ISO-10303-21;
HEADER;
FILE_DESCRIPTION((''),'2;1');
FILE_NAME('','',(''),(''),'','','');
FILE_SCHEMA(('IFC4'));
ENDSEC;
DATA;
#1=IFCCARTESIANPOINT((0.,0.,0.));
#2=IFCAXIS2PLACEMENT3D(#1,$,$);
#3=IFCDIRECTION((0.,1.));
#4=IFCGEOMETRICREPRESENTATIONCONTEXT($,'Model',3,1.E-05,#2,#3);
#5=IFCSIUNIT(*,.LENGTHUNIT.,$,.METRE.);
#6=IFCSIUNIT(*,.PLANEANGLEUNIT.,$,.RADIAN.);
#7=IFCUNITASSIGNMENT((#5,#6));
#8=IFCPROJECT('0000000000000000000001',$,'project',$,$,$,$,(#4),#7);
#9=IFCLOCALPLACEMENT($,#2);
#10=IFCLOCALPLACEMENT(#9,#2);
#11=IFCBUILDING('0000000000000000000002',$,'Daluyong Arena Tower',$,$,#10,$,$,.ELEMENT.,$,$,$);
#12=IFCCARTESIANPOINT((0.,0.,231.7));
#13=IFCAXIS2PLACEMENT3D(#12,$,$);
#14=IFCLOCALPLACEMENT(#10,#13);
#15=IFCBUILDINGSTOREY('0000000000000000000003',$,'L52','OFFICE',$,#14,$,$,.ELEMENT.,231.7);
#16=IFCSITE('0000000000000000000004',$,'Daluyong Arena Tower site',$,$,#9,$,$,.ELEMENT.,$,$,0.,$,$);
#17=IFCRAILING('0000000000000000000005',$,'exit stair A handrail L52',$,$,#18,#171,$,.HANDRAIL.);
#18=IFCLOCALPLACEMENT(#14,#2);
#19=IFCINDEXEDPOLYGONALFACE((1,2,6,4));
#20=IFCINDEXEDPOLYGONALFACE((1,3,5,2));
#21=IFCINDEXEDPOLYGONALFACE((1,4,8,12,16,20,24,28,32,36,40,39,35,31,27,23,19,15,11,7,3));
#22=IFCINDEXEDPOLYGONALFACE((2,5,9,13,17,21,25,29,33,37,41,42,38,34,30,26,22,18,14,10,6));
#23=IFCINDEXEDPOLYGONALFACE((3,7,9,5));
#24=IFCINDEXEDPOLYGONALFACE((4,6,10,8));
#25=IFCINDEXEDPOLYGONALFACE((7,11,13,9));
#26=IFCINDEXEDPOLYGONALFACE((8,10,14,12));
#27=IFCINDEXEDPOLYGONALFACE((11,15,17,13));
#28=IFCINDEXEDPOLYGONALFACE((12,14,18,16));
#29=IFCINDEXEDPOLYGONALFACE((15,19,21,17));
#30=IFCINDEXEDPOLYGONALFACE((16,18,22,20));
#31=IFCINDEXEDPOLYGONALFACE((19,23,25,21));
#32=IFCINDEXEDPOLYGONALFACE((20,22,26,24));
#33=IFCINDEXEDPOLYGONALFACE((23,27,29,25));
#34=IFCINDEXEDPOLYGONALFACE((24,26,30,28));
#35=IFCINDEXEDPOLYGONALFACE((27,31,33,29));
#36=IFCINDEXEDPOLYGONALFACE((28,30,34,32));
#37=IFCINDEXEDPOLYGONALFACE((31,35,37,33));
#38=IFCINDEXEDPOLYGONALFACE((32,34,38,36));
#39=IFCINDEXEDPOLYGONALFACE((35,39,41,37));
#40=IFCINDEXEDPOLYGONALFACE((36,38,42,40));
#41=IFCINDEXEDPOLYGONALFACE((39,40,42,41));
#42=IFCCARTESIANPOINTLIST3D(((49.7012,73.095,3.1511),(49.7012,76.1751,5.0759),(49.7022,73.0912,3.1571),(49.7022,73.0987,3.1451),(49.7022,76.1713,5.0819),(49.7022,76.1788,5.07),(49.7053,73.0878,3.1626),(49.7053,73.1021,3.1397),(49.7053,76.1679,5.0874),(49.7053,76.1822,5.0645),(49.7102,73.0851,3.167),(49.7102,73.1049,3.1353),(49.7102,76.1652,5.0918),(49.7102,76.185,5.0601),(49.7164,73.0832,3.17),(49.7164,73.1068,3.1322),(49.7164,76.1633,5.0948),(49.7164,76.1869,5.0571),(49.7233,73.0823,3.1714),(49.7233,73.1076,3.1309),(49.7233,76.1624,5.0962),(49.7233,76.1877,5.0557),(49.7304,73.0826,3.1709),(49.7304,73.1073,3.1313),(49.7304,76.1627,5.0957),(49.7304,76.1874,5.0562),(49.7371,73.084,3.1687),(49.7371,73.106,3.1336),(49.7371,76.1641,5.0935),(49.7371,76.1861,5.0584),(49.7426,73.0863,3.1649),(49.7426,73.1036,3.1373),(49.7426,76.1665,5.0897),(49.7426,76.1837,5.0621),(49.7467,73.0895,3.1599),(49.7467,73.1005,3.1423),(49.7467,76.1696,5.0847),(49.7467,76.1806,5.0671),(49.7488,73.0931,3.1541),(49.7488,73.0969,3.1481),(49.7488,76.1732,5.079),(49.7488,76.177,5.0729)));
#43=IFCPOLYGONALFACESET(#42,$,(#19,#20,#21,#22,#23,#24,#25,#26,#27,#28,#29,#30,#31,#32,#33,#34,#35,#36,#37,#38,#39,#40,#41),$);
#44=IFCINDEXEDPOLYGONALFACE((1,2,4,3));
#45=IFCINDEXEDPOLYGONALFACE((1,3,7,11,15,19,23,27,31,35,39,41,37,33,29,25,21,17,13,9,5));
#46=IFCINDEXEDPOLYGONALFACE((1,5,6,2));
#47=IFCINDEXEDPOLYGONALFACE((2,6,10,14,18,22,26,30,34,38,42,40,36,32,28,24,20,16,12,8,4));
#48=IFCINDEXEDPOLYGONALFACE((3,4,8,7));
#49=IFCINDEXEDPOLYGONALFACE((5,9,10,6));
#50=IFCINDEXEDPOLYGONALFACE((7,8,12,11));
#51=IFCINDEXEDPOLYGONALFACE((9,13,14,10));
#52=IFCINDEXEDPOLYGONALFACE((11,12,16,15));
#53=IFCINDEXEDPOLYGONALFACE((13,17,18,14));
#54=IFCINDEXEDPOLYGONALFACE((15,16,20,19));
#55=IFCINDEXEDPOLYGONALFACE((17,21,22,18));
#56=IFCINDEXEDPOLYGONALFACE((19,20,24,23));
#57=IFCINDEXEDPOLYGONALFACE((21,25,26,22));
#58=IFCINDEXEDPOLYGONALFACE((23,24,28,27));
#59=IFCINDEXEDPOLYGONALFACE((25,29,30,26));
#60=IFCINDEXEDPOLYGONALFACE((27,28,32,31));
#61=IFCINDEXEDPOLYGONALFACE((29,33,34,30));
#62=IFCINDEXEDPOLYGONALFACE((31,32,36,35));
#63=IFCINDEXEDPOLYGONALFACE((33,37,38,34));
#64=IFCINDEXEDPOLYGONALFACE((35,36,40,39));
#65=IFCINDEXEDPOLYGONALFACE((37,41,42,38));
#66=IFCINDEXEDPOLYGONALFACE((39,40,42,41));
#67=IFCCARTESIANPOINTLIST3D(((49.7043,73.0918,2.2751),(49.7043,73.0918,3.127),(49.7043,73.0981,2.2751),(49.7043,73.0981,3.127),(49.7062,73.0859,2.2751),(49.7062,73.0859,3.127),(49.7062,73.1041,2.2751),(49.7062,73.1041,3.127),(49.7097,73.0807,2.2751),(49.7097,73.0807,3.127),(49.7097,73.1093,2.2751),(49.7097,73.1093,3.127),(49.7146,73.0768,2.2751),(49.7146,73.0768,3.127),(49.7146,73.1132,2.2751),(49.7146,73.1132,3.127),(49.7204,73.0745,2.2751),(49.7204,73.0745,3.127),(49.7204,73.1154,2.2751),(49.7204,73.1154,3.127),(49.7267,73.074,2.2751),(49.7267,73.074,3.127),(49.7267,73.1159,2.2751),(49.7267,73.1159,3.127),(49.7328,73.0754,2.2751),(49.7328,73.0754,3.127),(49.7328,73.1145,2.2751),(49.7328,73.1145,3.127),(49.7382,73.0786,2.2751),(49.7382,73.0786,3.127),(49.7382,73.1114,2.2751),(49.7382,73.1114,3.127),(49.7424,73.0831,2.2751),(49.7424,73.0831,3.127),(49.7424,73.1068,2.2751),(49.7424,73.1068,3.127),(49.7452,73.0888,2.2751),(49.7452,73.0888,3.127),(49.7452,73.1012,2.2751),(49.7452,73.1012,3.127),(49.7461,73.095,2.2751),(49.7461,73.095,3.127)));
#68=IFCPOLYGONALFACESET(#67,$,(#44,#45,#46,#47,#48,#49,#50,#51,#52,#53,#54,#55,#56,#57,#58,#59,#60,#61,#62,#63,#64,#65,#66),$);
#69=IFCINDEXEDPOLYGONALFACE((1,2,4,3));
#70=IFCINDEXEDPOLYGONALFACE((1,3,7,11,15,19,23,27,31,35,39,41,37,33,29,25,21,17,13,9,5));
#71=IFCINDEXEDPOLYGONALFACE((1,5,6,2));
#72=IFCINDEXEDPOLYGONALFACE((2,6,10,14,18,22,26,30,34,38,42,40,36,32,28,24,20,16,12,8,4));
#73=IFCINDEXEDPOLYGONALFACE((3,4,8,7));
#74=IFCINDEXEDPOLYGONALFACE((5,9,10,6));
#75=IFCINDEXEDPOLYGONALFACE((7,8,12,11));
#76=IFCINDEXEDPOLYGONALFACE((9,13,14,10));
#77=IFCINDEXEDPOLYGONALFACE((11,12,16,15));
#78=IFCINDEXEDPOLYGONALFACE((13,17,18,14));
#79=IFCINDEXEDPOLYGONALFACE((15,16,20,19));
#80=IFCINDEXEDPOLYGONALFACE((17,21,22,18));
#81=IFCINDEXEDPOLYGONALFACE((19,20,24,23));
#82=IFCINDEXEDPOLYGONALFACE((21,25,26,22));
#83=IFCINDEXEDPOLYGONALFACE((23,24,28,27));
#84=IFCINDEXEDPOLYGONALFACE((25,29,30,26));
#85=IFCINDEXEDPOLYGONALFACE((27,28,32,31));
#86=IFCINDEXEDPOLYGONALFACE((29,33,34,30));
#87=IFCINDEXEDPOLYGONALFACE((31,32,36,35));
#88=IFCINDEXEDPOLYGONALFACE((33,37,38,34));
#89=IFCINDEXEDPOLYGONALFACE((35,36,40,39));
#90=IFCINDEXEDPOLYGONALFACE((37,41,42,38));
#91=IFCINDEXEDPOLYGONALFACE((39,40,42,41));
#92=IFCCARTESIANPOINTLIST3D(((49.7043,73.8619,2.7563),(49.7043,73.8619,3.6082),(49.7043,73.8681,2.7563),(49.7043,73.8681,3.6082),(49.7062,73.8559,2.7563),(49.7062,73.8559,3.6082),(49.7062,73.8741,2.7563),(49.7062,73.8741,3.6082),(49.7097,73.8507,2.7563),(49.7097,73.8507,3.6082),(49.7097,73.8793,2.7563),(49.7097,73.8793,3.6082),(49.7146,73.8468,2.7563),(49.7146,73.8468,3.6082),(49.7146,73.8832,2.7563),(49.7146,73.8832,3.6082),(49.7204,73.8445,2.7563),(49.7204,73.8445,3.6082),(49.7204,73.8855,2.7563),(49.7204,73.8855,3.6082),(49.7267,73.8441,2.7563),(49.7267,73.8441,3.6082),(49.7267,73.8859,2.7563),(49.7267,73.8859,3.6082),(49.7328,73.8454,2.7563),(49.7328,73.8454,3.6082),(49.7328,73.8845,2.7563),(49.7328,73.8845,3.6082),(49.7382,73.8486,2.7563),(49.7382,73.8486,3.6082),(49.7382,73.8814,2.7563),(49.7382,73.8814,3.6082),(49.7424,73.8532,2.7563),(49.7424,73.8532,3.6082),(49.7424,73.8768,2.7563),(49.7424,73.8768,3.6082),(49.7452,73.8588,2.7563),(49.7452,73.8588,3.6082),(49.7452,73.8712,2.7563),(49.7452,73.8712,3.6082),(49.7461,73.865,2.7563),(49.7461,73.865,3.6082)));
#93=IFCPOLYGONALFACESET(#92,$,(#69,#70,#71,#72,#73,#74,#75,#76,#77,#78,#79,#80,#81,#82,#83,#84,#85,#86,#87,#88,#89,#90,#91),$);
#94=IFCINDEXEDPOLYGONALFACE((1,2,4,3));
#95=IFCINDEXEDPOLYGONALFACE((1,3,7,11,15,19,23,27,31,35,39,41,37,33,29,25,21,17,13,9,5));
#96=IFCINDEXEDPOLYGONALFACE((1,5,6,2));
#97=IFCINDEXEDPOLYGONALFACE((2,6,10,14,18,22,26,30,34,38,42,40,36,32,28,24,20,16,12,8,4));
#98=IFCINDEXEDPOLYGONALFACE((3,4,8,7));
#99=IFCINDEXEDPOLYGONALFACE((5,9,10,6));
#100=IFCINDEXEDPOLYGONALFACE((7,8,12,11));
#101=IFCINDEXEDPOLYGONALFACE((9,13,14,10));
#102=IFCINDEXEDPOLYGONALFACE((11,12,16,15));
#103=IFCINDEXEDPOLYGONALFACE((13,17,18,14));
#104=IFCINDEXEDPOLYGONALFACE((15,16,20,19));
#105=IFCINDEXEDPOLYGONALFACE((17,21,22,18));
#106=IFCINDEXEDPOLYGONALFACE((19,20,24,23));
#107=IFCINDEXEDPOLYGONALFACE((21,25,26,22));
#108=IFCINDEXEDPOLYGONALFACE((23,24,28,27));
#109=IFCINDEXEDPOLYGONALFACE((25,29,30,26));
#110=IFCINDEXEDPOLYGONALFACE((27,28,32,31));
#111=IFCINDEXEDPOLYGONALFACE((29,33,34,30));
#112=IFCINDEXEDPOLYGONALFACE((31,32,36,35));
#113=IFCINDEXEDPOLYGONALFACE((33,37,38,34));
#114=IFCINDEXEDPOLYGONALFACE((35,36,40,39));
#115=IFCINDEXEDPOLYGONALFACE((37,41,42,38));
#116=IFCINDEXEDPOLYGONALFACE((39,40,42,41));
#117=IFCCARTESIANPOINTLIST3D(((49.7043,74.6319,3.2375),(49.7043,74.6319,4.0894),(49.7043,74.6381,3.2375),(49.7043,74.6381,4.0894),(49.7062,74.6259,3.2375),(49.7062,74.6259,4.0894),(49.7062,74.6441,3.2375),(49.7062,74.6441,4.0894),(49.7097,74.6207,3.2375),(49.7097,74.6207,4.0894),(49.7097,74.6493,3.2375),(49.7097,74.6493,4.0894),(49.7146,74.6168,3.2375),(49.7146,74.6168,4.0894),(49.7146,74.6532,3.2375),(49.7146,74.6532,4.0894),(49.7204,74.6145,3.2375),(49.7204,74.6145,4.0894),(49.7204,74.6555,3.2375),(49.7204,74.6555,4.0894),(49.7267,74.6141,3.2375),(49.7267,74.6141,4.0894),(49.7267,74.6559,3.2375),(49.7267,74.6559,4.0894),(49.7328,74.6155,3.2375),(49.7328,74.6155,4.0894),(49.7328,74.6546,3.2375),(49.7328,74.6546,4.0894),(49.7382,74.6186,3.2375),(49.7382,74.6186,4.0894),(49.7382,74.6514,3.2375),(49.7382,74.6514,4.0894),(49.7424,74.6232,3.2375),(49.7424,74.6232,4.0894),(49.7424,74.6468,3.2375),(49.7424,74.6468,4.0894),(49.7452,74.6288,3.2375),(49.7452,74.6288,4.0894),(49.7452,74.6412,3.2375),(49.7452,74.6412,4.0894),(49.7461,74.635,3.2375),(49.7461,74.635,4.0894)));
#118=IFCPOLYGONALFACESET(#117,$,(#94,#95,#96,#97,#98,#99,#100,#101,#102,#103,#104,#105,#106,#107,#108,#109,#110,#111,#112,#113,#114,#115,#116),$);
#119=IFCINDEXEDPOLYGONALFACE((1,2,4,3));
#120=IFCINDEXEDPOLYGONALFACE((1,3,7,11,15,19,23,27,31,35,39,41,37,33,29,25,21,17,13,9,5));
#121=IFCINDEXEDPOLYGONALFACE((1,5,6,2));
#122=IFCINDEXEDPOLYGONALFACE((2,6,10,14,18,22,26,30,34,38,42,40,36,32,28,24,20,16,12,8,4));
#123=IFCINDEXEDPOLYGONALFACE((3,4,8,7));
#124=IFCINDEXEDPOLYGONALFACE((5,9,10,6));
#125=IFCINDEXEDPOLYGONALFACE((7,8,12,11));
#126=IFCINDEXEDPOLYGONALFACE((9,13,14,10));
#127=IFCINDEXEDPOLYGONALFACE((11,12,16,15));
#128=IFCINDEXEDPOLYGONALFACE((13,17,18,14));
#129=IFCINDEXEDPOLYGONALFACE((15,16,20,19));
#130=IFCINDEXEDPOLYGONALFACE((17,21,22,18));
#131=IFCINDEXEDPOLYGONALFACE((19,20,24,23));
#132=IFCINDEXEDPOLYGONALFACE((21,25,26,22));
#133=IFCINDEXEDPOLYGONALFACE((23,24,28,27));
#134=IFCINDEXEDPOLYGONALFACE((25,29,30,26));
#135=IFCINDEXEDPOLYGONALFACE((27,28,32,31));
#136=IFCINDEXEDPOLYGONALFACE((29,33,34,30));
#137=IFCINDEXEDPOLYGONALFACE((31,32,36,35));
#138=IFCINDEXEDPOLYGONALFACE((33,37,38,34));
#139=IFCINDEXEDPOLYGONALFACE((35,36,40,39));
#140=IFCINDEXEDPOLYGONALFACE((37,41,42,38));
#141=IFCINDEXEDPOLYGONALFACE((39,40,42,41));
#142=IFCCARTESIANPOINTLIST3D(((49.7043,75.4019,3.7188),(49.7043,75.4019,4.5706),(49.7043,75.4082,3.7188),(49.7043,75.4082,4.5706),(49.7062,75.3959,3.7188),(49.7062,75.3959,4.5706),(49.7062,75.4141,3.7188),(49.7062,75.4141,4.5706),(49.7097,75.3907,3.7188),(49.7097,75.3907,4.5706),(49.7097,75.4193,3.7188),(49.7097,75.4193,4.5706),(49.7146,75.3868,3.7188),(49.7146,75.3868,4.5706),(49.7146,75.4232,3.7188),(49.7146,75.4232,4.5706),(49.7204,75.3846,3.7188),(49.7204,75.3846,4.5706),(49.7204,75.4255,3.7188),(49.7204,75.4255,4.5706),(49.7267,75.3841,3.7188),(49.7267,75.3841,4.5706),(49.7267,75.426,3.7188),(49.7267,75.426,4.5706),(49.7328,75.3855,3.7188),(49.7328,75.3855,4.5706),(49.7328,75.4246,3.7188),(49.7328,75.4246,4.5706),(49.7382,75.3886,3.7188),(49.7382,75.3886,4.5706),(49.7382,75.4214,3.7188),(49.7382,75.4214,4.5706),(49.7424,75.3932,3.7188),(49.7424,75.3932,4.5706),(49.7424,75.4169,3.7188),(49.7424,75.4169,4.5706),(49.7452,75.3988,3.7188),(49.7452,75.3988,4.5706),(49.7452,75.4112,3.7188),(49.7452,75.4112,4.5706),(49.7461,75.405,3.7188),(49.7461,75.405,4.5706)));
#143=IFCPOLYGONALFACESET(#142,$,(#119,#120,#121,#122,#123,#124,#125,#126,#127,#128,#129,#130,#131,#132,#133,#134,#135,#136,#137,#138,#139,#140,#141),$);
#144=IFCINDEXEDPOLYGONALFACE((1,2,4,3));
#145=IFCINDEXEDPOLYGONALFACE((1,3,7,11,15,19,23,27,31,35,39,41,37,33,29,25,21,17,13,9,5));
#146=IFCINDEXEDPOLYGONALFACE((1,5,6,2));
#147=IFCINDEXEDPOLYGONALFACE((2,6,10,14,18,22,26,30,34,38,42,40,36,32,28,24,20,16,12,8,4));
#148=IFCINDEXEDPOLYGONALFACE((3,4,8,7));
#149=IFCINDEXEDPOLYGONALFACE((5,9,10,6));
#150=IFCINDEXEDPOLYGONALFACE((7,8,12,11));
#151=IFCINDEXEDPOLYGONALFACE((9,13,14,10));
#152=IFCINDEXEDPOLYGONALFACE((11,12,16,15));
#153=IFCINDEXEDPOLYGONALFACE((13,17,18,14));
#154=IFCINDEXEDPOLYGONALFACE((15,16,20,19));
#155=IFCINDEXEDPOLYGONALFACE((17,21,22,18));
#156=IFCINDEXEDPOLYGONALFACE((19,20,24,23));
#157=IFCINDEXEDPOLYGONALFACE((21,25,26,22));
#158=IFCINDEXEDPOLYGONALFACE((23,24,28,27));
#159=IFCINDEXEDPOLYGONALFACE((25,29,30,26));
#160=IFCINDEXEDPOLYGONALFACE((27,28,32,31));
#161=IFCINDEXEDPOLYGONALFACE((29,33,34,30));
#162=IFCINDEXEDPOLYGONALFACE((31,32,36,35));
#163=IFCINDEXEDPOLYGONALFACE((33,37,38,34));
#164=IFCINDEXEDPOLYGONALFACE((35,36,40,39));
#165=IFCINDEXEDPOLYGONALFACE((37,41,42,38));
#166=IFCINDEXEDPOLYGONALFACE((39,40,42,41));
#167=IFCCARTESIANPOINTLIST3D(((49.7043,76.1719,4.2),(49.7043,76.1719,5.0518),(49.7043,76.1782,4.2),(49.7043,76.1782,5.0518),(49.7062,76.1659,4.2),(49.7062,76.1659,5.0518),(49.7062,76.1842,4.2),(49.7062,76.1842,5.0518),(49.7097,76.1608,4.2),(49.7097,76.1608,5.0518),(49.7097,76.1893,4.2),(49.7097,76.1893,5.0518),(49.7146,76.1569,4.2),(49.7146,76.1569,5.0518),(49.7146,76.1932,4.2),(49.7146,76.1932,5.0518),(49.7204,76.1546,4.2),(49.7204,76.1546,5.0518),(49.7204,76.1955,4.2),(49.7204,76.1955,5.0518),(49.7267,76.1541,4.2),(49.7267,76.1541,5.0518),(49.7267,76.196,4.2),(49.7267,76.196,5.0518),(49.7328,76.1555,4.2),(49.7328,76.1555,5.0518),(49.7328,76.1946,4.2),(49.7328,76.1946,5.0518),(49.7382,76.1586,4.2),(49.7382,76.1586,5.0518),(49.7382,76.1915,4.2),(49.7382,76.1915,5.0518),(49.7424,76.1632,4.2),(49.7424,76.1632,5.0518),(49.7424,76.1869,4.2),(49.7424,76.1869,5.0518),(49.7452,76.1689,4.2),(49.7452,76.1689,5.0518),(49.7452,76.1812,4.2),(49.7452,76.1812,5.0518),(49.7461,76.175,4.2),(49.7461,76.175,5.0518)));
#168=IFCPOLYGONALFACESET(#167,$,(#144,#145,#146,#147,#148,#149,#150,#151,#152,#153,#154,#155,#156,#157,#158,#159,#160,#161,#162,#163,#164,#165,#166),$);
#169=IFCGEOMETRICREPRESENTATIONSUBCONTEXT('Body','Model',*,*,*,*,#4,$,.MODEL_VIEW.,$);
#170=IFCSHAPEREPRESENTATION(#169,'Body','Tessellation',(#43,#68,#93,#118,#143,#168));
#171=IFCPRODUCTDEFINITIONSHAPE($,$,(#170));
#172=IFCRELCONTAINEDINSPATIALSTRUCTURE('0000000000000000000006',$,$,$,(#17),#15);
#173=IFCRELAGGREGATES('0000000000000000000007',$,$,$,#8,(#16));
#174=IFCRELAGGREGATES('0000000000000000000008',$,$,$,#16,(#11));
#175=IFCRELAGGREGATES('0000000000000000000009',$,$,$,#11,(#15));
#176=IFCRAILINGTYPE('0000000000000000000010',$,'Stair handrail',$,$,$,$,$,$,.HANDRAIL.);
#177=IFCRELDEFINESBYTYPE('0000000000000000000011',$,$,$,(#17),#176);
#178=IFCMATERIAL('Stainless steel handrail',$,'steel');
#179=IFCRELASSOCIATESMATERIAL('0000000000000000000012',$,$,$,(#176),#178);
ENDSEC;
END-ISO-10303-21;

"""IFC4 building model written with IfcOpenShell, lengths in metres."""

from ifc_helpers import new_model, si_unit, direction, frame, origin, origin_2d, place, context, subcontext, project, spatial, circle, extrude, material, type_object, element, save


model = new_model("IFC4")

# Units and contexts
model_context = context("Model", 3, precision=1e-05, world=origin(), true_north=direction((0.0, 1.0)))
body_context = subcontext(model_context, "Body", "Model", "MODEL_VIEW")
ifc_project = project(units=[si_unit("LENGTHUNIT", "METRE"), si_unit("PLANEANGLEUNIT", "RADIAN")], contexts=[model_context])

# Site, building, storey
site_placement = place(None, origin())
site = spatial("IfcSite", under=ifc_project, at=site_placement, Name="Daluyong Arena Tower site", CompositionType="ELEMENT", RefElevation=0.0)
building_placement = place(site_placement, origin())
building = spatial("IfcBuilding", under=site, at=building_placement, Name="Daluyong Arena Tower", CompositionType="ELEMENT")
storey_placement = place(building_placement, frame((0.0, 0.0, 231.7)))
storey = spatial("IfcBuildingStorey", under=building, at=storey_placement, Name="L52", Description="OFFICE", CompositionType="ELEMENT", Elevation=231.7)

# Railing
ifc_material_1 = material(Name="Stainless steel handrail", Category="steel")
railing_type_1 = type_object("IfcRailingType", Name="Stair handrail", PredefinedType="HANDRAIL", material=ifc_material_1)
railing_1_placement = place(storey_placement, frame((49.7251, 73.095, 2.2751)))
element("IfcRailing", 1, at=railing_1_placement, inside=storey, type_object=railing_type_1, Name="exit stair A handrail L52", PredefinedType="HANDRAIL", context=body_context, shape_type="SweptSolid", body=[
    extrude(circle(Radius=0.0239, at=origin_2d()), frame((0.0, 0.0, 0.876), z_axis=(0.0, 0.848029, 0.529951), x_axis=(-1.0, 0.0, 0.0)), (0.0, 0.0, 1.0), 3.6321),
    extrude(circle(Radius=0.021, at=origin_2d()), origin(), (0.0, 0.0, 1.0), 0.8518),
    extrude(circle(Radius=0.021, at=origin_2d()), frame((0.0, 0.77, 0.4812)), (0.0, 0.0, 1.0), 0.8518),
    extrude(circle(Radius=0.021, at=origin_2d()), frame((0.0, 1.54, 0.9624)), (0.0, 0.0, 1.0), 0.8518),
    extrude(circle(Radius=0.021, at=origin_2d()), frame((0.0, 2.3101, 1.4436)), (0.0, 0.0, 1.0), 0.8518),
    extrude(circle(Radius=0.021, at=origin_2d()), frame((0.0, 3.0801, 1.9248)), (0.0, 0.0, 1.0), 0.8518),
])

save(model, "model.ifc")
